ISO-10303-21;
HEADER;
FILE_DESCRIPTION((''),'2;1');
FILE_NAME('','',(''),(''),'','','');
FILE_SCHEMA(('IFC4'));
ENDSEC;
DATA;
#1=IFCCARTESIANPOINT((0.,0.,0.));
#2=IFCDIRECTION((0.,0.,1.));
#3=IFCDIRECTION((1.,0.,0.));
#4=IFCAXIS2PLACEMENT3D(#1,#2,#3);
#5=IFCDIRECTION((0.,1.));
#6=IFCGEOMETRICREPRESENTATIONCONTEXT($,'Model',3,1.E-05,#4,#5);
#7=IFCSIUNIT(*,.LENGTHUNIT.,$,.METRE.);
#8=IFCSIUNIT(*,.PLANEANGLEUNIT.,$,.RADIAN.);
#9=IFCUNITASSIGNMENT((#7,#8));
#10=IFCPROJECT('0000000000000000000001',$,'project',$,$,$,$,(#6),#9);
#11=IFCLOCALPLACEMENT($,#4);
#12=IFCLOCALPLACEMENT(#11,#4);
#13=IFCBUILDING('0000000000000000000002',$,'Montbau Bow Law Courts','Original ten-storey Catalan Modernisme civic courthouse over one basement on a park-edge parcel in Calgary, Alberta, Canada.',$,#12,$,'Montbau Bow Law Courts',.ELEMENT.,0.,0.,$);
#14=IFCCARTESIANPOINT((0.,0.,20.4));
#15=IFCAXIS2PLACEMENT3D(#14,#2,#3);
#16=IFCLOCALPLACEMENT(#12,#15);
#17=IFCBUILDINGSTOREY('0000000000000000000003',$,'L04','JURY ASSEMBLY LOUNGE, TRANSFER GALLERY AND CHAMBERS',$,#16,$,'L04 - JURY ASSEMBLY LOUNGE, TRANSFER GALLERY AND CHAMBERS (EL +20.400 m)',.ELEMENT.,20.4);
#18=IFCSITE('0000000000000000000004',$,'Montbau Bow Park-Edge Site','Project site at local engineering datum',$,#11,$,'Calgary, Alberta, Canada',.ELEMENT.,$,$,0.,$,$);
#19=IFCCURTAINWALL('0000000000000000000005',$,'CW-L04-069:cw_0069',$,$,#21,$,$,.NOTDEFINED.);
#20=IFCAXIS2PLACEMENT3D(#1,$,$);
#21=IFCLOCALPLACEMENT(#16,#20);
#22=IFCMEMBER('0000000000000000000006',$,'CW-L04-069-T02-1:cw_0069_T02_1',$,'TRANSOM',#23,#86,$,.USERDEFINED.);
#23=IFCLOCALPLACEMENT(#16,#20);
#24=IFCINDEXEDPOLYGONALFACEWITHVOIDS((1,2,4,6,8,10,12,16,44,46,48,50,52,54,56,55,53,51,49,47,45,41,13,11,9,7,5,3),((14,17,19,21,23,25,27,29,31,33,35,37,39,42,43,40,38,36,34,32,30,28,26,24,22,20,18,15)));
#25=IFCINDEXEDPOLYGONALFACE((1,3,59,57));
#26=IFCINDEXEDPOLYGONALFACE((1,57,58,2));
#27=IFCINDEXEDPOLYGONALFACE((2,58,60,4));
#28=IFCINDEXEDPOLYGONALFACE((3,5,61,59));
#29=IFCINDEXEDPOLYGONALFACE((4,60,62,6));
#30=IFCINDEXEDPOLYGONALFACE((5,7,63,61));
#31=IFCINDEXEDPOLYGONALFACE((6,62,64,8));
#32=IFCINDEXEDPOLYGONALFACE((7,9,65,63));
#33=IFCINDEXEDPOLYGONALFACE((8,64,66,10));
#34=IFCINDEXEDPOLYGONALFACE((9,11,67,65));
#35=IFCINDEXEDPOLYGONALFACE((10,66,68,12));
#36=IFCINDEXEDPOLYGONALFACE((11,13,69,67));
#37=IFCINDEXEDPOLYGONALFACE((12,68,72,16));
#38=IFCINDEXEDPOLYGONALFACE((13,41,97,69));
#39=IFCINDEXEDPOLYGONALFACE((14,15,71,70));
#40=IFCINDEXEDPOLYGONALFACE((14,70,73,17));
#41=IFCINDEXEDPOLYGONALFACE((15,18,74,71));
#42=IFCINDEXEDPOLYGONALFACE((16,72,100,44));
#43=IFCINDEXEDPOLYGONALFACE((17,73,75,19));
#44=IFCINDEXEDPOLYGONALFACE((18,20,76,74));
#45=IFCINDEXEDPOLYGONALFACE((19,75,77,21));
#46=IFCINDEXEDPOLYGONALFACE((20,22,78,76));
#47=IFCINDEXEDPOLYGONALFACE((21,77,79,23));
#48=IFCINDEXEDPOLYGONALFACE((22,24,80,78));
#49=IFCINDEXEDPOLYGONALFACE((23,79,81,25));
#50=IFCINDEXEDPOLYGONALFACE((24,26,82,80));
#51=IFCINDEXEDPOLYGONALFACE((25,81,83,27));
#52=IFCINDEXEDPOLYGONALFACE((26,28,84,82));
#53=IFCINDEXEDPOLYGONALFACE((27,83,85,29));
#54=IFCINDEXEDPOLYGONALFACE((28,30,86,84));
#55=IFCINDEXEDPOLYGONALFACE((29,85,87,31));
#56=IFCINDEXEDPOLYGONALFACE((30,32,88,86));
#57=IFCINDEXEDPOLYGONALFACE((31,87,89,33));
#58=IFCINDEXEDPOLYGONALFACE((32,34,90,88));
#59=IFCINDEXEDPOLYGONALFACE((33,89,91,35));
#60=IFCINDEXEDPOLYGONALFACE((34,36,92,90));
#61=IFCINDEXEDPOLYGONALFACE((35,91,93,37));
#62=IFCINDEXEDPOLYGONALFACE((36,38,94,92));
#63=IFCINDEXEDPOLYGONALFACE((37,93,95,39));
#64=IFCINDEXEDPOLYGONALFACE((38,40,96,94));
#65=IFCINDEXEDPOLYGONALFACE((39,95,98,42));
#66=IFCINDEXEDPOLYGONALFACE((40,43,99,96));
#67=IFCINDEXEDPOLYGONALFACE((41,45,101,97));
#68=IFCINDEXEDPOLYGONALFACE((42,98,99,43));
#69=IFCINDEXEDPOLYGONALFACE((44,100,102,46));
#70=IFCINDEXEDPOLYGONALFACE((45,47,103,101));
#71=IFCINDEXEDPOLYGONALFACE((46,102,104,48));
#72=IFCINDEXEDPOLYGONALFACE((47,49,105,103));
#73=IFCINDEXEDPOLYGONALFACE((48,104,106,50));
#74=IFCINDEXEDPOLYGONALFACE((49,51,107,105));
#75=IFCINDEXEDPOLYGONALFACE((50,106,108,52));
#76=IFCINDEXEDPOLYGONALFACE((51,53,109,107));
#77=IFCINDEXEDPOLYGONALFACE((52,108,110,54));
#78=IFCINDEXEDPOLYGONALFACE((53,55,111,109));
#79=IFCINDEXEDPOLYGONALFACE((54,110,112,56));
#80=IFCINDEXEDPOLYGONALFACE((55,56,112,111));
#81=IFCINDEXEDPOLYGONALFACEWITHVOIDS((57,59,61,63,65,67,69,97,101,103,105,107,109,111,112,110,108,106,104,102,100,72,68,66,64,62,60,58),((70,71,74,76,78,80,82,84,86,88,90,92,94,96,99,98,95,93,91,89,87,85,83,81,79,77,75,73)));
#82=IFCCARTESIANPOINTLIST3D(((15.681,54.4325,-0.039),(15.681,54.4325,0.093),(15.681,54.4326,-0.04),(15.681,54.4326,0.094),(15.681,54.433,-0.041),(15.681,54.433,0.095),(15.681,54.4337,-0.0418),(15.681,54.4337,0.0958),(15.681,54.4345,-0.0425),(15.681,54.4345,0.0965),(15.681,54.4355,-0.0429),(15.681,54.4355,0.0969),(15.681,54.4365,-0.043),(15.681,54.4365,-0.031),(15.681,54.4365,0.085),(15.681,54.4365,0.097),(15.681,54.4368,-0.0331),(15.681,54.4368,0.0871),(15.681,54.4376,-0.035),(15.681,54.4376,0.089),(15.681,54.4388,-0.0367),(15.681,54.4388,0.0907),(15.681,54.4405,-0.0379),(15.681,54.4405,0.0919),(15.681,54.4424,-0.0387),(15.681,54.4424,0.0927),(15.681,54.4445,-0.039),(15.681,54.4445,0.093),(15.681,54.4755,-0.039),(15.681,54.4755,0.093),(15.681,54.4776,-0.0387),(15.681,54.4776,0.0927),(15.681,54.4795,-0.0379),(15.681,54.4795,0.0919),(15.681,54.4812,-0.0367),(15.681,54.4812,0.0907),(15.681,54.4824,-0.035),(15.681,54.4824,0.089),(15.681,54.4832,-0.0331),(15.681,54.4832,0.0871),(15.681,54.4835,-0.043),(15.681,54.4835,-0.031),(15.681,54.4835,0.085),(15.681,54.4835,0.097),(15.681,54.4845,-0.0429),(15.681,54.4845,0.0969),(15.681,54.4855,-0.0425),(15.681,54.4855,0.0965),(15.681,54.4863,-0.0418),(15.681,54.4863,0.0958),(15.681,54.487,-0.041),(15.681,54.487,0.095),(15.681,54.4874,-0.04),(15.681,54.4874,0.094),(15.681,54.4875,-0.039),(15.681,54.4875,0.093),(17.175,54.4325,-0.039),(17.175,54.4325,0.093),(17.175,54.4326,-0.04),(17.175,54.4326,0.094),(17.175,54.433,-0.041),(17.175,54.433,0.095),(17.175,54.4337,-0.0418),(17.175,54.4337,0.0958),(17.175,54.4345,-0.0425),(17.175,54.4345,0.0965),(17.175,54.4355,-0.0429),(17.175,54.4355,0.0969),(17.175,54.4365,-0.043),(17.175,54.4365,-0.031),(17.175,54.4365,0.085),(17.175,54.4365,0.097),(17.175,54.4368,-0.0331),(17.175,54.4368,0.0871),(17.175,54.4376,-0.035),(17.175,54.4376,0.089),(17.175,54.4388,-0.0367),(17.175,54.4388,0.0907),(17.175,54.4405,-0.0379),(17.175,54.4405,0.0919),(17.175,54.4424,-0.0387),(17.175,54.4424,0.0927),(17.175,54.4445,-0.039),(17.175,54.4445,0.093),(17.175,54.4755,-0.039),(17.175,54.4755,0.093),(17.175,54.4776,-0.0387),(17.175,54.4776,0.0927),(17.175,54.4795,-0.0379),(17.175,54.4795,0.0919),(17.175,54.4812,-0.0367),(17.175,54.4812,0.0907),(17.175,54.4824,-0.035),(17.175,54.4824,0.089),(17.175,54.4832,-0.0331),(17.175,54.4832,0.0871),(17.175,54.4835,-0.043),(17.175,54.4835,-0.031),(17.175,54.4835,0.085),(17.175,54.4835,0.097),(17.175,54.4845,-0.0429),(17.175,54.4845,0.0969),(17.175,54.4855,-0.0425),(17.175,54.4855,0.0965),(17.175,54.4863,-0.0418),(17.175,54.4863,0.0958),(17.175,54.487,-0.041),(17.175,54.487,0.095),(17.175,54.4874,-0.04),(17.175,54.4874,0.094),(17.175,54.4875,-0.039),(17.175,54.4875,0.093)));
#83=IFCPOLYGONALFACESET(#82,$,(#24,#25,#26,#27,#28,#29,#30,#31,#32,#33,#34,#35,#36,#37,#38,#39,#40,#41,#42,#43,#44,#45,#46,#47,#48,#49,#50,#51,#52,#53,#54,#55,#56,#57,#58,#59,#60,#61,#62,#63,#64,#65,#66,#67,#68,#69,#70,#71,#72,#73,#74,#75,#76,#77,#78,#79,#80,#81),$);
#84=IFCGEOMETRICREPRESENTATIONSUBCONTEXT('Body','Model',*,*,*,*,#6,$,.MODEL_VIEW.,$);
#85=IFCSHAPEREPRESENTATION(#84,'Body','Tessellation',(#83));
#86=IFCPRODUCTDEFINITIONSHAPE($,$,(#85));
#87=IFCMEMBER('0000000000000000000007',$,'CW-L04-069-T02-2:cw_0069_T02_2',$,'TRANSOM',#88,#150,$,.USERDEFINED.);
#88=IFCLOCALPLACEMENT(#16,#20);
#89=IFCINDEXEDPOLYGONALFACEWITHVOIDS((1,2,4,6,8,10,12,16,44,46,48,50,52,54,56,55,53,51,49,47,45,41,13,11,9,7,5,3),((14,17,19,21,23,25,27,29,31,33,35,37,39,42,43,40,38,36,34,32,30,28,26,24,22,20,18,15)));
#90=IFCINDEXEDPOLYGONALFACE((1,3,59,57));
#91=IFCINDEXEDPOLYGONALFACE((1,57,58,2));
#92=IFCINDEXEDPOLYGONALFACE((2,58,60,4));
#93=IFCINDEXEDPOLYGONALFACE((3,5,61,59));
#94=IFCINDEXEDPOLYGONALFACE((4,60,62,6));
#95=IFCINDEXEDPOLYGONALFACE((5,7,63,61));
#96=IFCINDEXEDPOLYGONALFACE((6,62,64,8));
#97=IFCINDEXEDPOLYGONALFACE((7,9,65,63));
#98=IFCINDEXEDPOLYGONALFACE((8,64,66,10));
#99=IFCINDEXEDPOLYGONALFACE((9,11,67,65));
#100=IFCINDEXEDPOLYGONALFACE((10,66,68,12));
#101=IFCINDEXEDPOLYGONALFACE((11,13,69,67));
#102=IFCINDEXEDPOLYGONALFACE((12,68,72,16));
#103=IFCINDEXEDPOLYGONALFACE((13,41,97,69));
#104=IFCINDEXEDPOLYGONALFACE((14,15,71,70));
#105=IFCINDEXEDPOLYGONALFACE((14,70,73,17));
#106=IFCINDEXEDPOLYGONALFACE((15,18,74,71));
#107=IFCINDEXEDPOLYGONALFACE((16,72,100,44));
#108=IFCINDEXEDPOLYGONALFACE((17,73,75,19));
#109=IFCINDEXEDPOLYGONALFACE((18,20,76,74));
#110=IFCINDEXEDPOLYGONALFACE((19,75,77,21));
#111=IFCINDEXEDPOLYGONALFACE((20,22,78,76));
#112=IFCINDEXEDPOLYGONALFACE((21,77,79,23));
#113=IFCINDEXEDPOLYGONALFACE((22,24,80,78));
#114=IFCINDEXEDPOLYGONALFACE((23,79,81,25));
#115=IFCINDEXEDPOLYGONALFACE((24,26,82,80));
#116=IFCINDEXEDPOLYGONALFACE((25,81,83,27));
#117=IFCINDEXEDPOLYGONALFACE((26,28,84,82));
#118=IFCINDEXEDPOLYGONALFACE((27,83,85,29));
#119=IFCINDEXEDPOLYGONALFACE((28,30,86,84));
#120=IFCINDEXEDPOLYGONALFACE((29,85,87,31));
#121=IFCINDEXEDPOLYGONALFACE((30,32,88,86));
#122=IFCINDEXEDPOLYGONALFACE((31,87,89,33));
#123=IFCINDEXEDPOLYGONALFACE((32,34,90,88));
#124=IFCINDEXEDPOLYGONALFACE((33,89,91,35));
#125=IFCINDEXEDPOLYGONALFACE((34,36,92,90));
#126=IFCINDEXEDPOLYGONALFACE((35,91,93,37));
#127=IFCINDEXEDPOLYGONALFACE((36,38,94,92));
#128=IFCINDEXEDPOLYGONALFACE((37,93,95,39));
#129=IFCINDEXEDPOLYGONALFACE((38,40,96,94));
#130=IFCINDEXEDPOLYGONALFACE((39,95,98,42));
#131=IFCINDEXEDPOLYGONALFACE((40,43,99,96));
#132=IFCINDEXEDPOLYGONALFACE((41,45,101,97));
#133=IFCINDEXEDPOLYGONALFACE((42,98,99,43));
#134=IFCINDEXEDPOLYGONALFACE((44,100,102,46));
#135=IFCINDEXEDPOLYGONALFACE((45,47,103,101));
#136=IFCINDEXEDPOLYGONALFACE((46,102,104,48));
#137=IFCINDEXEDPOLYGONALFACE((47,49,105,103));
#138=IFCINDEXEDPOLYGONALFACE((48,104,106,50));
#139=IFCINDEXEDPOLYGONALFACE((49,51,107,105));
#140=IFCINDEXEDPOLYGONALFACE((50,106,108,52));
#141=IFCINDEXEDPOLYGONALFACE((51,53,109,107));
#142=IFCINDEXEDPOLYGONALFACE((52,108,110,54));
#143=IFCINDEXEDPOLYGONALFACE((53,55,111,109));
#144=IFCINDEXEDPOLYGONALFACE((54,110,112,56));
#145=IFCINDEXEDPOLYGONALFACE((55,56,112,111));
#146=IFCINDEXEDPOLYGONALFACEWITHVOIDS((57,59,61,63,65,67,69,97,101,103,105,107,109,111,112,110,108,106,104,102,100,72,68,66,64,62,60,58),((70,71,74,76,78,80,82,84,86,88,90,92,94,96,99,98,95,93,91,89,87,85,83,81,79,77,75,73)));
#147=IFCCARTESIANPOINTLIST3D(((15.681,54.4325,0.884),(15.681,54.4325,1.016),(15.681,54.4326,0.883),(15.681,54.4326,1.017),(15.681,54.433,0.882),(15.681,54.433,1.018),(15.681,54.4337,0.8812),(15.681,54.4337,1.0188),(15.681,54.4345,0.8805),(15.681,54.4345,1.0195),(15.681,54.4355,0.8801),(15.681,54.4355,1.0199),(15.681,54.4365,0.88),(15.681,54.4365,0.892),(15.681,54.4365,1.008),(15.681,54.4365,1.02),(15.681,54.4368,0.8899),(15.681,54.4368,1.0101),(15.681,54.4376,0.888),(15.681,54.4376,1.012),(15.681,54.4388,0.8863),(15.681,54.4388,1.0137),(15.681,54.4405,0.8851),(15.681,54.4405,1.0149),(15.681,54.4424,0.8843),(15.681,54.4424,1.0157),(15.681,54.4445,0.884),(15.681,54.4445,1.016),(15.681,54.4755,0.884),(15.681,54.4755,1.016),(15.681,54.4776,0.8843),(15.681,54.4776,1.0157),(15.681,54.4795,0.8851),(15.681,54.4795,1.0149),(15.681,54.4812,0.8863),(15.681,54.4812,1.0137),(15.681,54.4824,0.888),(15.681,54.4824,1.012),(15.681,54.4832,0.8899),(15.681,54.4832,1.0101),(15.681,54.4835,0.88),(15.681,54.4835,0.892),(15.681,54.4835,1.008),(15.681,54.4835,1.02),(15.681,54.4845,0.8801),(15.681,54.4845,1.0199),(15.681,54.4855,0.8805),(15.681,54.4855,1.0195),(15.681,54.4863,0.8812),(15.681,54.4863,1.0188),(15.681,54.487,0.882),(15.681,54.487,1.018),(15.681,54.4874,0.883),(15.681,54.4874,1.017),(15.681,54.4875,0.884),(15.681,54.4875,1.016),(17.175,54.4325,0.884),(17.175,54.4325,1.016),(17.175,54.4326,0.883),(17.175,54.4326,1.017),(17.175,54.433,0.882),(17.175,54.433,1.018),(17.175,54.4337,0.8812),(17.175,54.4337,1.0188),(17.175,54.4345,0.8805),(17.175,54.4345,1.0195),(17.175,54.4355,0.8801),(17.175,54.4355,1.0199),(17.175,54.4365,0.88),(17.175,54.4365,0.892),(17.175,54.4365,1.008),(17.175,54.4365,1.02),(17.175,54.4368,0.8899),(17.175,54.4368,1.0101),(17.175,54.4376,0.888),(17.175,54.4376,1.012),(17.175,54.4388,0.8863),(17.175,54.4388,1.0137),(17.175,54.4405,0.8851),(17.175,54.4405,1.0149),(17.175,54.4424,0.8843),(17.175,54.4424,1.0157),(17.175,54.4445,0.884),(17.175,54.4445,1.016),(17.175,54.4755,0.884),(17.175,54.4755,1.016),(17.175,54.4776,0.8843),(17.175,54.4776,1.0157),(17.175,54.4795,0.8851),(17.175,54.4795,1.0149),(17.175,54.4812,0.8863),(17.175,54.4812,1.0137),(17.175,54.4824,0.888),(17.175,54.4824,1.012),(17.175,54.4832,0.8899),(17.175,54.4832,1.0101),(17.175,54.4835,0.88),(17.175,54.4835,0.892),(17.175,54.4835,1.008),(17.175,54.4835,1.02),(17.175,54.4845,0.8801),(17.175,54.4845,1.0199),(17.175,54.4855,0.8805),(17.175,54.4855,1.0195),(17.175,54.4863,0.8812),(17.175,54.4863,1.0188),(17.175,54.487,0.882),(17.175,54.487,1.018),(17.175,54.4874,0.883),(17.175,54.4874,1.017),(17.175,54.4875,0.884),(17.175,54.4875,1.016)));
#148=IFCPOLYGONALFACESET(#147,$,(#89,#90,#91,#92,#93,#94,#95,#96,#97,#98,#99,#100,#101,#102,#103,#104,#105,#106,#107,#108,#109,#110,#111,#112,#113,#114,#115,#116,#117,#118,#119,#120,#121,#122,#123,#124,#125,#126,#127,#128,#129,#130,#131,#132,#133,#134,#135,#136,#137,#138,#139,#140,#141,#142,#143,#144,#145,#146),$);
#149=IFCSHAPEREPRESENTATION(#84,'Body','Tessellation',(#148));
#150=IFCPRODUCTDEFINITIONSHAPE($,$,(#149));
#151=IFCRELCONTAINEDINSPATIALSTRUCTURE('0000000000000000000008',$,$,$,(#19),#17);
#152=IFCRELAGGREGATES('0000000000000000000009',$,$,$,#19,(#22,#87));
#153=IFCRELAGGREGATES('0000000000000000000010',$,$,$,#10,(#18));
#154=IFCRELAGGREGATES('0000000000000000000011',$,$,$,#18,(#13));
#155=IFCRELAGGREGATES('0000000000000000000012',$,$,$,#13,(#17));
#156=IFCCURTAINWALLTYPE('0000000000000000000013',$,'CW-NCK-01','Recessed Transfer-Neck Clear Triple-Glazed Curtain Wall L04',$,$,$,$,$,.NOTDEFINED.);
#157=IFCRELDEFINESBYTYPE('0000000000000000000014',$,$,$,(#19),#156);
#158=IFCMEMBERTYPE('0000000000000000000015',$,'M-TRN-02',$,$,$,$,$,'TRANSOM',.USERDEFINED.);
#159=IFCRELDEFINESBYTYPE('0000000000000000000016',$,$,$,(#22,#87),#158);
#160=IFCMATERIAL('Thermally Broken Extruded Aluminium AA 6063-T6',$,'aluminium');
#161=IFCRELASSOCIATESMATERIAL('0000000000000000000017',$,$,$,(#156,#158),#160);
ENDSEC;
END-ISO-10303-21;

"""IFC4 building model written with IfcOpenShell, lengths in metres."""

from ifc_helpers import new_model, si_unit, direction, frame, origin_with_axes, origin_2d_with_axis, place, context, subcontext, project, spatial, hollow_rectangle, extrude, material, material_profile, profile_set, type_object, element, aggregate, save


model = new_model("IFC4")

# Units and contexts
model_context = context("Model", 3, precision=1e-05, world=origin_with_axes(), true_north=direction((0.0, 1.0)))
body_context = subcontext(model_context, "Body", "Model", "MODEL_VIEW")
ifc_project = project(units=[si_unit("LENGTHUNIT", "METRE"), si_unit("PLANEANGLEUNIT", "RADIAN")], contexts=[model_context])

# Site, building, storey
site_placement = place(None, origin_with_axes())
site = spatial("IfcSite", under=ifc_project, at=site_placement, Name="Montbau Bow Park-Edge Site", Description="Project site at local engineering datum", LongName="Calgary, Alberta, Canada", CompositionType="ELEMENT", RefElevation=0.0)
building_placement = place(site_placement, origin_with_axes())
building = spatial("IfcBuilding", under=site, at=building_placement, Name="Montbau Bow Law Courts", Description="Original ten-storey Catalan Modernisme civic courthouse over one basement on a park-edge parcel in Calgary, Alberta, Canada.", LongName="Montbau Bow Law Courts", CompositionType="ELEMENT", ElevationOfRefHeight=0.0, ElevationOfTerrain=0.0)
storey_placement = place(building_placement, frame((0.0, 0.0, 20.4), z_axis=(0.0, 0.0, 1.0), x_axis=(1.0, 0.0, 0.0)))
storey = spatial("IfcBuildingStorey", under=building, at=storey_placement, Name="L04", Description="JURY ASSEMBLY LOUNGE, TRANSFER GALLERY AND CHAMBERS", LongName="L04 - JURY ASSEMBLY LOUNGE, TRANSFER GALLERY AND CHAMBERS (EL +20.400 m)", CompositionType="ELEMENT", Elevation=20.4)

# Curtain wall
ifc_material_1 = material(Name="Thermally Broken Extruded Aluminium AA 6063-T6", Category="aluminium")
curtain_wall_type = type_object("IfcCurtainWallType", Name="CW-NCK-01", Description="Recessed Transfer-Neck Clear Triple-Glazed Curtain Wall L04", PredefinedType="NOTDEFINED", material=ifc_material_1)
curtain_wall_1_placement = place(None, frame((14.068, 54.46, 20.4), z_axis=(0.0, 0.0, 1.0), x_axis=(1.0, 0.0, 0.0)))
curtain_wall_1 = element("IfcCurtainWall", 1, at=curtain_wall_1_placement, inside=storey, type_object=curtain_wall_type, Name="CW-L04-069:cw_0069", PredefinedType="NOTDEFINED")

# Members
ifc_material_profile_1 = material_profile(ifc_material_1, hollow_rectangle(XDim=0.055, YDim=0.14, WallThickness=0.004, InnerFilletRadius=0.008, OuterFilletRadius=0.004, at=origin_2d_with_axis()), Name="CWT-140X55", Category="Main", Priority=0)
ifc_profile_set_1 = profile_set([ifc_material_profile_1], Name="Thermally Broken Extruded Aluminium AA 6063-T6")
member_type_1 = type_object("IfcMemberType", Name="M-TRN-02", ElementType="TRANSOM", PredefinedType="USERDEFINED", material=ifc_profile_set_1)
member_1_placement = place(None, frame((15.681, 54.46, 20.427), z_axis=(1.0, 0.0, 0.0), x_axis=(0.0, 1.0, 0.0)))
member_1 = element("IfcMember", 2, at=member_1_placement, type_object=member_type_1, Name="CW-L04-069-T02-1:cw_0069_T02_1", ObjectType="TRANSOM", PredefinedType="USERDEFINED", context=body_context, shape_type="SweptSolid", body=[
    extrude(hollow_rectangle(XDim=0.055, YDim=0.14, WallThickness=0.004, InnerFilletRadius=0.008, OuterFilletRadius=0.004, at=origin_2d_with_axis()), origin_with_axes(), (0.0, 0.0, 1.0), 1.494),
])
member_2_placement = place(None, frame((15.681, 54.46, 21.35), z_axis=(1.0, 0.0, 0.0), x_axis=(0.0, 1.0, 0.0)))
member_2 = element("IfcMember", 3, at=member_2_placement, type_object=member_type_1, Name="CW-L04-069-T02-2:cw_0069_T02_2", ObjectType="TRANSOM", PredefinedType="USERDEFINED", context=body_context, shape_type="SweptSolid", body=[
    extrude(hollow_rectangle(XDim=0.055, YDim=0.14, WallThickness=0.004, InnerFilletRadius=0.008, OuterFilletRadius=0.004, at=origin_2d_with_axis()), origin_with_axes(), (0.0, 0.0, 1.0), 1.494),
])

aggregate(curtain_wall_1, [member_1, member_2])

save(model, "model.ifc")
